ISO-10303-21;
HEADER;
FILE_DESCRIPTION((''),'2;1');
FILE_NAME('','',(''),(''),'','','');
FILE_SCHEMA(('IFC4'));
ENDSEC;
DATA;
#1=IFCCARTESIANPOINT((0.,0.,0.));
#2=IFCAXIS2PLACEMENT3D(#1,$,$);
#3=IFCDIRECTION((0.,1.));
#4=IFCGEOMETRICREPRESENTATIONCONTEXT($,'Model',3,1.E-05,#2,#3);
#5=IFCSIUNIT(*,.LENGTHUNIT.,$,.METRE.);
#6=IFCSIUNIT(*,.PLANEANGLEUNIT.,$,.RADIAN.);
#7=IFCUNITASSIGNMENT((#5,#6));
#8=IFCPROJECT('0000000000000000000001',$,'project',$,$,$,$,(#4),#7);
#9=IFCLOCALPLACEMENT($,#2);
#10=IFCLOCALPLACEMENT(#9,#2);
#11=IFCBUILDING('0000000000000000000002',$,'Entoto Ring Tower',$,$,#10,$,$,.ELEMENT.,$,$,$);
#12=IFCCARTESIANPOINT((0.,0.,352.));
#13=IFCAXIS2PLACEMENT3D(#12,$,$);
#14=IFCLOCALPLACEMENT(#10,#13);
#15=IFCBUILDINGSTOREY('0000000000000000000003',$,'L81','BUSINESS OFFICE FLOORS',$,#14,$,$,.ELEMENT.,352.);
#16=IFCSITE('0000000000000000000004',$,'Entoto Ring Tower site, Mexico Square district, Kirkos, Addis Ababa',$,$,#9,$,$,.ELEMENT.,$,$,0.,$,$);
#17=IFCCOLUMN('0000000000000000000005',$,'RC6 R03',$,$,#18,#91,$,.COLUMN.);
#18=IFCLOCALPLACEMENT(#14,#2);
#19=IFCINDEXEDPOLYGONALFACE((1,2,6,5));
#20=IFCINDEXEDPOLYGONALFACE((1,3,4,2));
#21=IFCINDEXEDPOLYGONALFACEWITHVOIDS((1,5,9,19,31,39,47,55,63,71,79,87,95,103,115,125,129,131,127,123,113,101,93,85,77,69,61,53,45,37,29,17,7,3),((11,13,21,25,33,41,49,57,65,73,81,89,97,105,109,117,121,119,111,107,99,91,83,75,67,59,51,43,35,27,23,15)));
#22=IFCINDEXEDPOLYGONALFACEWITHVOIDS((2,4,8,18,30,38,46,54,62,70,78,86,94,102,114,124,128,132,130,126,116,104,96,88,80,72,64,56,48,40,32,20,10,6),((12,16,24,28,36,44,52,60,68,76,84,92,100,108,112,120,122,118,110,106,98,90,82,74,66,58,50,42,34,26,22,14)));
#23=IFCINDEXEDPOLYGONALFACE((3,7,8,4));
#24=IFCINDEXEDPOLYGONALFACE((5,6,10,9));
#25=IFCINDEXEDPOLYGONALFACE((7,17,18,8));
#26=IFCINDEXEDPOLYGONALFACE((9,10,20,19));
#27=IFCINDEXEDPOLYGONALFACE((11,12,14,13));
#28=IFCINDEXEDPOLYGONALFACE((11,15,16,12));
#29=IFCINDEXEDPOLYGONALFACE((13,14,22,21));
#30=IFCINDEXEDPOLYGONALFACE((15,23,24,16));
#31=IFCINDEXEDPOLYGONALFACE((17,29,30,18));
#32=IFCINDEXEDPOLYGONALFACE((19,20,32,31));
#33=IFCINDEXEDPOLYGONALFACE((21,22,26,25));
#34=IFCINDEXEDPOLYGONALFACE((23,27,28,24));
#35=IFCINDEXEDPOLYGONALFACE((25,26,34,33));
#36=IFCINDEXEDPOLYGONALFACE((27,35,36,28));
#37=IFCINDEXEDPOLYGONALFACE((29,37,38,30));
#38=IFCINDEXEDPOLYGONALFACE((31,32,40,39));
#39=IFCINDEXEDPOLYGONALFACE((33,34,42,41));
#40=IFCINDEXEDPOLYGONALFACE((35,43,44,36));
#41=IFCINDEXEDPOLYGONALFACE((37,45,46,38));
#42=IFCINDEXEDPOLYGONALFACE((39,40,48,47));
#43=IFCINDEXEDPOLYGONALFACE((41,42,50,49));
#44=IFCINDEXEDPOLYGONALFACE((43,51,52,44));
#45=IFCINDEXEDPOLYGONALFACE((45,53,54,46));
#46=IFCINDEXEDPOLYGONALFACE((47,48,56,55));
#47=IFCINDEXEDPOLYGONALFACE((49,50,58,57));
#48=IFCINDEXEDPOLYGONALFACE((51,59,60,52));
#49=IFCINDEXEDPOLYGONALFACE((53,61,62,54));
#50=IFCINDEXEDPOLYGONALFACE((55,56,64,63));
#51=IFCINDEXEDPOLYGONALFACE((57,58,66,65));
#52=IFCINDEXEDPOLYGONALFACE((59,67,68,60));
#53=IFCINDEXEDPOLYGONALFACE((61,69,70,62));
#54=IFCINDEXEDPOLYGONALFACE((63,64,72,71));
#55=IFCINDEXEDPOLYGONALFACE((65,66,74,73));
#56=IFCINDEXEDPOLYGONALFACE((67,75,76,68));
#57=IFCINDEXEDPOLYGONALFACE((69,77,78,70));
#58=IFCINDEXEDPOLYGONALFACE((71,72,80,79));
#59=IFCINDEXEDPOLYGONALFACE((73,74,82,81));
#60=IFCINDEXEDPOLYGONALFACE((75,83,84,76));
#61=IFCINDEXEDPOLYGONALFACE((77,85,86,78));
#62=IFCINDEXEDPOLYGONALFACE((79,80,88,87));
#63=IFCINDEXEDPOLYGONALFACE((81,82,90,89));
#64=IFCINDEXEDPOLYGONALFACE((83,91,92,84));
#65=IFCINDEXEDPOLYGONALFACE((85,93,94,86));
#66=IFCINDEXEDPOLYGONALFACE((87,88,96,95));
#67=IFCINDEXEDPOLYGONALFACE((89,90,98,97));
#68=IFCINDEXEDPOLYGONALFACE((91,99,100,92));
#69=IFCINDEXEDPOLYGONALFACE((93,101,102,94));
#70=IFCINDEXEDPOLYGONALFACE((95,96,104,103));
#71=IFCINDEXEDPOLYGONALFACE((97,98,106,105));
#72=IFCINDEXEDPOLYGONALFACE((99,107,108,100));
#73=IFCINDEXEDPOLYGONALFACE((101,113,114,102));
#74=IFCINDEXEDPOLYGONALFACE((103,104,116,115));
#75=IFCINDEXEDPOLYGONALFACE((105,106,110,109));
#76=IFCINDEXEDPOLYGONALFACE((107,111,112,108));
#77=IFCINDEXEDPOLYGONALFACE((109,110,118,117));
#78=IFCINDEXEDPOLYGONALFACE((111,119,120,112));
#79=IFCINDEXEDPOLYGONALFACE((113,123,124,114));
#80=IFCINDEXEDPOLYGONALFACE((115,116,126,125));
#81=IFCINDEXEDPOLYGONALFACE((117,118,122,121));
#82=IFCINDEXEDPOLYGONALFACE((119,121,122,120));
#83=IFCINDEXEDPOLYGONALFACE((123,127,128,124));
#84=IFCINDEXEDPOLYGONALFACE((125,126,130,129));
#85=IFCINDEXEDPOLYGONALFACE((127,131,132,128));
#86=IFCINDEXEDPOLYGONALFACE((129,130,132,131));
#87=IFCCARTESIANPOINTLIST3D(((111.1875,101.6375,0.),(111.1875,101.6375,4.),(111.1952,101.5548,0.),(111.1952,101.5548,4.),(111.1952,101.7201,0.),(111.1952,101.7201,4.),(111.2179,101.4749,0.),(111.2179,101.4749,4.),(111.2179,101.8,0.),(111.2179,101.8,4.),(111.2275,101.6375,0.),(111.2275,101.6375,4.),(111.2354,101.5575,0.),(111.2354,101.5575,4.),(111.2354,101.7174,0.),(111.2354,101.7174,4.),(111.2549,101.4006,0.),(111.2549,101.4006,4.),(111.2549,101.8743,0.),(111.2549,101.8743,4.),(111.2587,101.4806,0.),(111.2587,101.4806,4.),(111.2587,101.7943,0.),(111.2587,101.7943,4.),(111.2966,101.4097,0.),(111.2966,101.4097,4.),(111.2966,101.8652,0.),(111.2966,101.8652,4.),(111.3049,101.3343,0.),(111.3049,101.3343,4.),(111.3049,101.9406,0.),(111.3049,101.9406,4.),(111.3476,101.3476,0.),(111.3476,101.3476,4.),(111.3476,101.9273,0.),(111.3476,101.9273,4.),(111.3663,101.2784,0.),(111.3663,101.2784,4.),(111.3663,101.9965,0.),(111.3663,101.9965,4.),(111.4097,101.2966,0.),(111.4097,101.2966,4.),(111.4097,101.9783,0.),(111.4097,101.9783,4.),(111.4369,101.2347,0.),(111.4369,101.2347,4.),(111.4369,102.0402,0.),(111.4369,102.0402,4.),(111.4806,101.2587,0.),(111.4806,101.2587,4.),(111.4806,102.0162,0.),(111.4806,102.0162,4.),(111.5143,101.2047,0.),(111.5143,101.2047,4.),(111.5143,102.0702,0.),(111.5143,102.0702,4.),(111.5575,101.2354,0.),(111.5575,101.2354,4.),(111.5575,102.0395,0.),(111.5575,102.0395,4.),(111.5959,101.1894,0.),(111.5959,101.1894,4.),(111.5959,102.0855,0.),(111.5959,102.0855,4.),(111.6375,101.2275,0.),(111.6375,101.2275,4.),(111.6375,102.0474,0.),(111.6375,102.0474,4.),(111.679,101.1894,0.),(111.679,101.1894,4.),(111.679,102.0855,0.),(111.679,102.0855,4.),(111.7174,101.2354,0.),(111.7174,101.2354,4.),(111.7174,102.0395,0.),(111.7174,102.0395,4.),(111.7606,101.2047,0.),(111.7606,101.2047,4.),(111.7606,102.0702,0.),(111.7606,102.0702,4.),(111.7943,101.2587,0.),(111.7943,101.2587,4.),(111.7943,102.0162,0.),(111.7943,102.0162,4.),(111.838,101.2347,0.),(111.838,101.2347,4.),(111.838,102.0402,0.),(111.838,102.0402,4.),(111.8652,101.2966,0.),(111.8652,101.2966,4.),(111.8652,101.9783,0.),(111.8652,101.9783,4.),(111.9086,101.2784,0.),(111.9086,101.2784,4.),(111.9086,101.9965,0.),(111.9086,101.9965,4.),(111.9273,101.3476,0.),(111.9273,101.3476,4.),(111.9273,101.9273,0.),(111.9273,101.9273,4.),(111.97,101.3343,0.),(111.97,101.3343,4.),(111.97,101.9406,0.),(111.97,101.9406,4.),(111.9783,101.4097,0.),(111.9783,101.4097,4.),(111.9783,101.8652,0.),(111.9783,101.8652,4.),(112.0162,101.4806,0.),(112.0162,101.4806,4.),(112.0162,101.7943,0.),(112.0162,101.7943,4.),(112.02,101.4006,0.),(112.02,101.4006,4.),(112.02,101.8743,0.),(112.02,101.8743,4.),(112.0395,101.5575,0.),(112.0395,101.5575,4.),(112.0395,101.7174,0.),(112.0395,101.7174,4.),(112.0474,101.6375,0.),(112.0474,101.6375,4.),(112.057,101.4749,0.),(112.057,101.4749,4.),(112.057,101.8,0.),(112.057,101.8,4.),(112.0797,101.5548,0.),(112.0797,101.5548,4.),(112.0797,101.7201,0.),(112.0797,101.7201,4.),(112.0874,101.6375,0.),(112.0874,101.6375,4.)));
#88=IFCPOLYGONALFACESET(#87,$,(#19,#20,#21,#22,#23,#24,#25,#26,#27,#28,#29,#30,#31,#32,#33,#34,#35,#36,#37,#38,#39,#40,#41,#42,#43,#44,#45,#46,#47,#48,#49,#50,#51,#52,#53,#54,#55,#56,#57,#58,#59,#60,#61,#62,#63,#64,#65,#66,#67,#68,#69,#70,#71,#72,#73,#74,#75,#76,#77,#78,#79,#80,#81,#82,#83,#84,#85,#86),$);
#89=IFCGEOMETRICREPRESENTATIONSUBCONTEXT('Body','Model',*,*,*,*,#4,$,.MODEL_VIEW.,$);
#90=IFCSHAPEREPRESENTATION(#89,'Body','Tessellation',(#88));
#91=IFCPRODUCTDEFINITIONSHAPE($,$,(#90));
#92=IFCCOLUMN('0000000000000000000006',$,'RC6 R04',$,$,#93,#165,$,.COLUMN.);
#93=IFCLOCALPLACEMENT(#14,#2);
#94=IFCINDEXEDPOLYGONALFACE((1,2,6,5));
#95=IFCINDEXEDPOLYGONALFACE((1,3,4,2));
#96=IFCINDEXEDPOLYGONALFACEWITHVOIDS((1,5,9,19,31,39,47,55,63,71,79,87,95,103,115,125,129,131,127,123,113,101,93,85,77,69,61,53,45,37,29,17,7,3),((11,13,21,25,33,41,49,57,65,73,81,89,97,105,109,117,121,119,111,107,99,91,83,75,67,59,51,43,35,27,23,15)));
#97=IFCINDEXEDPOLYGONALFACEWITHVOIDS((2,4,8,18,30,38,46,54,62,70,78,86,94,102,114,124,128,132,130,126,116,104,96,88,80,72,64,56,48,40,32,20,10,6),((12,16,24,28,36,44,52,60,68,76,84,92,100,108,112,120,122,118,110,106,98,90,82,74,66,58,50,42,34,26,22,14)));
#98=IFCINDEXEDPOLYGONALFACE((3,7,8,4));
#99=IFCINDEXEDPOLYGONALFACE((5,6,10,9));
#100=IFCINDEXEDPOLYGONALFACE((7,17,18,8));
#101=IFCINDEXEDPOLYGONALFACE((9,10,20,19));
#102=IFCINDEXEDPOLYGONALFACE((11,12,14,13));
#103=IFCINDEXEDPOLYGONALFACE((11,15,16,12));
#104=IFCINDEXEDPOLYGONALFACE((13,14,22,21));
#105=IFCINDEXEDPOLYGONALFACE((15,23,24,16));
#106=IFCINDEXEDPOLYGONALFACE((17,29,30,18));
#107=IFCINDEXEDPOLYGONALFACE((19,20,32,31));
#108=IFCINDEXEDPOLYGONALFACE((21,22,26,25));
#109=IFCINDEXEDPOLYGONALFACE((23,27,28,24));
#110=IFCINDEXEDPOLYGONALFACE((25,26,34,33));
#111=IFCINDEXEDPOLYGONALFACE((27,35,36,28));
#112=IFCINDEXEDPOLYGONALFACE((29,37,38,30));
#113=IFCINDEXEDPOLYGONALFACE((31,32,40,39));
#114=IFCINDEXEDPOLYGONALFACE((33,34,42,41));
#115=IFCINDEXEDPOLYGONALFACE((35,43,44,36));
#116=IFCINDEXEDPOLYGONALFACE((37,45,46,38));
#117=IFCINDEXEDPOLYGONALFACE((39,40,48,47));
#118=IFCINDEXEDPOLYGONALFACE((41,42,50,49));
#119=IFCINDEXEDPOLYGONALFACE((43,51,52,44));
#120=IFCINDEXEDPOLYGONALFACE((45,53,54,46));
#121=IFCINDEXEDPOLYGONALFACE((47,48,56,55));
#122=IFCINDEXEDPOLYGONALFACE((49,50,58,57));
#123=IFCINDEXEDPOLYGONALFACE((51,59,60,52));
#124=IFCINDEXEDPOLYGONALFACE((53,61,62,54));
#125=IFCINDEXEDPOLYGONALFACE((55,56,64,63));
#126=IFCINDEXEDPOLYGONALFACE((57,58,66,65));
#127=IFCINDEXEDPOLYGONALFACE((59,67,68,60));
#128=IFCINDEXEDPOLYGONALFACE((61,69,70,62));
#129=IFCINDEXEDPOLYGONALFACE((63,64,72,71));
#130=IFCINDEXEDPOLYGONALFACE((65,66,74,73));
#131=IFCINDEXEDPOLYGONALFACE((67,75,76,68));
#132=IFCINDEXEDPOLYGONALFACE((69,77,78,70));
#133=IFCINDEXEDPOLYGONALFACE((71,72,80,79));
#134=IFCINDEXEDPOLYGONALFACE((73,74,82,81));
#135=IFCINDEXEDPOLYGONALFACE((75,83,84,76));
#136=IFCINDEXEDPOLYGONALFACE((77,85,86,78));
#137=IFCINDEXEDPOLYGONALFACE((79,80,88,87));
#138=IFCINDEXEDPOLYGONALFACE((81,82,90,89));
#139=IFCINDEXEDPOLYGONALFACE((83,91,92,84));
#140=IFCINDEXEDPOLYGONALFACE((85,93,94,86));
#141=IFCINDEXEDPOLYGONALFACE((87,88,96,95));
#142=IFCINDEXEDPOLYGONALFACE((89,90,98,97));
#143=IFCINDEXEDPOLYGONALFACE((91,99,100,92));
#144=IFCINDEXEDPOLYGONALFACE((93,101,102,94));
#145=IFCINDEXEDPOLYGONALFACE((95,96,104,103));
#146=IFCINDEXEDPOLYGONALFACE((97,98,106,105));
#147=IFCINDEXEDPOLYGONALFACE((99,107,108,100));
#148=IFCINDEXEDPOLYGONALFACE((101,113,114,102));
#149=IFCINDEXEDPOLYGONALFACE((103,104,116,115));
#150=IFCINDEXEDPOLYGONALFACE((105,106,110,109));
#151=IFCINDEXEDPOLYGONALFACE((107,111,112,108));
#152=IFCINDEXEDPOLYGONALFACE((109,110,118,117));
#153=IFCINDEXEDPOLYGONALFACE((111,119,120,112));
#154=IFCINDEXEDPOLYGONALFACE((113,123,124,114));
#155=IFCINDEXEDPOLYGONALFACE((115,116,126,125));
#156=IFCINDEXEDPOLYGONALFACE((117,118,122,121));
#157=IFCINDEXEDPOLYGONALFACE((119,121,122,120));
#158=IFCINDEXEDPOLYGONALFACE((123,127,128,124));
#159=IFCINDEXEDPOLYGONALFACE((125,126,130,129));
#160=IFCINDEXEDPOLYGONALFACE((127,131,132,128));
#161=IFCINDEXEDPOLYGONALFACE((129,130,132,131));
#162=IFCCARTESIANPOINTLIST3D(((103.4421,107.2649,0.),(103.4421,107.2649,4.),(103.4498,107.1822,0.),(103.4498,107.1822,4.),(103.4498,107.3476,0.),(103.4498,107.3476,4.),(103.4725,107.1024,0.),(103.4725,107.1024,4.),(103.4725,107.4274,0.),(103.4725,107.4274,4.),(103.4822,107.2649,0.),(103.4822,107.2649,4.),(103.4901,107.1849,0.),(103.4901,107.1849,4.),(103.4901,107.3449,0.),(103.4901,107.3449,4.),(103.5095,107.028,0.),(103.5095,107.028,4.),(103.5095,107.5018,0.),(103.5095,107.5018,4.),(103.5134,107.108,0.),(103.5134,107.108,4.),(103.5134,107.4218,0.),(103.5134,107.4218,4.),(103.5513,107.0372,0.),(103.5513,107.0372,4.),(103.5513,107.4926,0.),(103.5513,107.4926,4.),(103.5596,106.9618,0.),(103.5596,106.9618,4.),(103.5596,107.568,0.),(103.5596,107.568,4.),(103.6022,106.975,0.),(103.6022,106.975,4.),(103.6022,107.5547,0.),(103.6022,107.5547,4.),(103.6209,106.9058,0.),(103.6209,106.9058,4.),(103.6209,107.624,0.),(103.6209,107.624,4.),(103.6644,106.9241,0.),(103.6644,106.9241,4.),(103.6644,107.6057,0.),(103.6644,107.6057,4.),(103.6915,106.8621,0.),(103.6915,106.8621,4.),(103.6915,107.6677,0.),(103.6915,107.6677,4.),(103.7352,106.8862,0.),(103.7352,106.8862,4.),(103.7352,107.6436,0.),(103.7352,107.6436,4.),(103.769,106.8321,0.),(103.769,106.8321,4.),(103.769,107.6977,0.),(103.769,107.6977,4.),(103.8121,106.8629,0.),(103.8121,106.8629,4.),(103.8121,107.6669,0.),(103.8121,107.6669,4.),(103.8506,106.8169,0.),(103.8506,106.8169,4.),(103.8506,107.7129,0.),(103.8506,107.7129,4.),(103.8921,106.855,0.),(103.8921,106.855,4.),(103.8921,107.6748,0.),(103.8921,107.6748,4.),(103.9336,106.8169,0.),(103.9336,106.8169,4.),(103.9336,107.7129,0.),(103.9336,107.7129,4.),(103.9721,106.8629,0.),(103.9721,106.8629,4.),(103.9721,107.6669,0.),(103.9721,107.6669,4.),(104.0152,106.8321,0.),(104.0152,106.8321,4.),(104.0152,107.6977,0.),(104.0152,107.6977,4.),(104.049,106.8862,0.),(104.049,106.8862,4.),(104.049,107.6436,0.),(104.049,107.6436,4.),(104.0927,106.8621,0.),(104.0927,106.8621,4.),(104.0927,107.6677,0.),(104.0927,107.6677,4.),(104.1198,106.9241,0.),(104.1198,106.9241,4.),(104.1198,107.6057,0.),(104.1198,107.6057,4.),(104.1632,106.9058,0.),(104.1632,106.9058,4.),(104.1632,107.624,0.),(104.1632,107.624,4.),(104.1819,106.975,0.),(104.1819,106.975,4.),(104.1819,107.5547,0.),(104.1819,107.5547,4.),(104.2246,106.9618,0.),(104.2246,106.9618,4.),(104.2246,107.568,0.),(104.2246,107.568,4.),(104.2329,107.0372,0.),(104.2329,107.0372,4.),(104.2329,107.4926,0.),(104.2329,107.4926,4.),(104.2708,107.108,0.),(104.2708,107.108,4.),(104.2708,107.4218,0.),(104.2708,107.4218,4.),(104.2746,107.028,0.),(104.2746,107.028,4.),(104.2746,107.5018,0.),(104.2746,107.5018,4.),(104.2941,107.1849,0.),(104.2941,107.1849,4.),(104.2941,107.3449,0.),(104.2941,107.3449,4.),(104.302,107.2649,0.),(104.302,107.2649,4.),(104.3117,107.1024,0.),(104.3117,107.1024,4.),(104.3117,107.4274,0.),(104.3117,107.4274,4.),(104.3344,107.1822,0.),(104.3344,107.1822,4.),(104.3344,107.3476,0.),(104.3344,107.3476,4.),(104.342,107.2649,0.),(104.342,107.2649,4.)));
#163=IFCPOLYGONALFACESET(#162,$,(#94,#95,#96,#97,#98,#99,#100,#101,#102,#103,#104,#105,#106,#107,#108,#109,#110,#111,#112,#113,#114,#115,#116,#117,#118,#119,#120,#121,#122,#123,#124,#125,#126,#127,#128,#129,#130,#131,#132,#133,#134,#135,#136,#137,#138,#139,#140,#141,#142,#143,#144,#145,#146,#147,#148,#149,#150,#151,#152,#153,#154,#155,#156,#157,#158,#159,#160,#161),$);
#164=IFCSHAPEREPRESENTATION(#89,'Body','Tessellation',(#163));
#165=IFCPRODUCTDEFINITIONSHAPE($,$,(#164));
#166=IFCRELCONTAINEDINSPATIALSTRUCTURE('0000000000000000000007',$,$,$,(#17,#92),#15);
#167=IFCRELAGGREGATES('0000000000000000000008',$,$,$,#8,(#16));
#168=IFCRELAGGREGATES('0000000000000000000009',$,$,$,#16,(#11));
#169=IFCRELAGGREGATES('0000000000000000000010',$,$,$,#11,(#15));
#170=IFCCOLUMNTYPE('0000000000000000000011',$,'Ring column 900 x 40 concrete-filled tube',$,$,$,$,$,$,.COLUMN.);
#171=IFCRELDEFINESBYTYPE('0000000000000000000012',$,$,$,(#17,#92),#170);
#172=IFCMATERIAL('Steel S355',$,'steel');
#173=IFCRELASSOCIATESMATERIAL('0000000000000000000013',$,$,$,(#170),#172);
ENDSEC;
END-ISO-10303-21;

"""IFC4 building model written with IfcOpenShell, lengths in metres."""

from ifc_helpers import new_model, si_unit, direction, frame, origin, origin_2d, place, context, subcontext, project, spatial, circle, hollow_circle, extrude, material, material_profile, profile_set, type_object, element, save


model = new_model("IFC4")

# Units and contexts
model_context = context("Model", 3, precision=1e-05, world=origin(), true_north=direction((0.0, 1.0)))
body_context = subcontext(model_context, "Body", "Model", "MODEL_VIEW")
ifc_project = project(units=[si_unit("LENGTHUNIT", "METRE"), si_unit("PLANEANGLEUNIT", "RADIAN")], contexts=[model_context])

# Site, building, storey
site_placement = place(None, origin())
site = spatial("IfcSite", under=ifc_project, at=site_placement, Name="Entoto Ring Tower site, Mexico Square district, Kirkos, Addis Ababa", CompositionType="ELEMENT", RefElevation=0.0)
building_placement = place(site_placement, origin())
building = spatial("IfcBuilding", under=site, at=building_placement, Name="Entoto Ring Tower", CompositionType="ELEMENT")
storey_placement = place(building_placement, frame((0.0, 0.0, 352.0)))
storey = spatial("IfcBuildingStorey", under=building, at=storey_placement, Name="L81", Description="BUSINESS OFFICE FLOORS", CompositionType="ELEMENT", Elevation=352.0)

# Columns
ifc_material_1 = material(Name="Steel S355", Category="steel")
ifc_material_profile_1 = material_profile(ifc_material_1, hollow_circle(Radius=0.45, WallThickness=0.04, at=origin_2d()), Name="CHS 900 x 40")
ifc_material_2 = material(Name="Concrete C60/75", Category="concrete")
ifc_material_profile_2 = material_profile(ifc_material_2, circle(Radius=0.4099, at=origin_2d()), Name="Concrete C60/75 infill")
ifc_profile_set_1 = profile_set([ifc_material_profile_1, ifc_material_profile_2], Name="Steel S355")
column_type = type_object("IfcColumnType", Name="Ring column 900 x 40 concrete-filled tube", PredefinedType="COLUMN", material=ifc_profile_set_1)
for number, where, z_axis, x_axis, name in (
    (1, (111.6375, 101.6375, 0.0), (0.0, 0.0, 1.0), (1.0, 0.0, 0.0), "RC6 R03"),
    (2, (103.8921, 107.2649, 0.0), (0.0, 0.0, 1.0), (1.0, 0.0, 0.0), "RC6 R04"),
):
    element("IfcColumn", number, at=place(storey_placement, frame(where, z_axis=z_axis, x_axis=x_axis)), inside=storey, type_object=column_type, Name=name, PredefinedType="COLUMN", context=body_context, shape_type="SweptSolid", body=[
        extrude(hollow_circle(Radius=0.45, WallThickness=0.04, at=origin_2d()), origin(), (0.0, 0.0, 1.0), 4.0),
    ])

save(model, "model.ifc")
